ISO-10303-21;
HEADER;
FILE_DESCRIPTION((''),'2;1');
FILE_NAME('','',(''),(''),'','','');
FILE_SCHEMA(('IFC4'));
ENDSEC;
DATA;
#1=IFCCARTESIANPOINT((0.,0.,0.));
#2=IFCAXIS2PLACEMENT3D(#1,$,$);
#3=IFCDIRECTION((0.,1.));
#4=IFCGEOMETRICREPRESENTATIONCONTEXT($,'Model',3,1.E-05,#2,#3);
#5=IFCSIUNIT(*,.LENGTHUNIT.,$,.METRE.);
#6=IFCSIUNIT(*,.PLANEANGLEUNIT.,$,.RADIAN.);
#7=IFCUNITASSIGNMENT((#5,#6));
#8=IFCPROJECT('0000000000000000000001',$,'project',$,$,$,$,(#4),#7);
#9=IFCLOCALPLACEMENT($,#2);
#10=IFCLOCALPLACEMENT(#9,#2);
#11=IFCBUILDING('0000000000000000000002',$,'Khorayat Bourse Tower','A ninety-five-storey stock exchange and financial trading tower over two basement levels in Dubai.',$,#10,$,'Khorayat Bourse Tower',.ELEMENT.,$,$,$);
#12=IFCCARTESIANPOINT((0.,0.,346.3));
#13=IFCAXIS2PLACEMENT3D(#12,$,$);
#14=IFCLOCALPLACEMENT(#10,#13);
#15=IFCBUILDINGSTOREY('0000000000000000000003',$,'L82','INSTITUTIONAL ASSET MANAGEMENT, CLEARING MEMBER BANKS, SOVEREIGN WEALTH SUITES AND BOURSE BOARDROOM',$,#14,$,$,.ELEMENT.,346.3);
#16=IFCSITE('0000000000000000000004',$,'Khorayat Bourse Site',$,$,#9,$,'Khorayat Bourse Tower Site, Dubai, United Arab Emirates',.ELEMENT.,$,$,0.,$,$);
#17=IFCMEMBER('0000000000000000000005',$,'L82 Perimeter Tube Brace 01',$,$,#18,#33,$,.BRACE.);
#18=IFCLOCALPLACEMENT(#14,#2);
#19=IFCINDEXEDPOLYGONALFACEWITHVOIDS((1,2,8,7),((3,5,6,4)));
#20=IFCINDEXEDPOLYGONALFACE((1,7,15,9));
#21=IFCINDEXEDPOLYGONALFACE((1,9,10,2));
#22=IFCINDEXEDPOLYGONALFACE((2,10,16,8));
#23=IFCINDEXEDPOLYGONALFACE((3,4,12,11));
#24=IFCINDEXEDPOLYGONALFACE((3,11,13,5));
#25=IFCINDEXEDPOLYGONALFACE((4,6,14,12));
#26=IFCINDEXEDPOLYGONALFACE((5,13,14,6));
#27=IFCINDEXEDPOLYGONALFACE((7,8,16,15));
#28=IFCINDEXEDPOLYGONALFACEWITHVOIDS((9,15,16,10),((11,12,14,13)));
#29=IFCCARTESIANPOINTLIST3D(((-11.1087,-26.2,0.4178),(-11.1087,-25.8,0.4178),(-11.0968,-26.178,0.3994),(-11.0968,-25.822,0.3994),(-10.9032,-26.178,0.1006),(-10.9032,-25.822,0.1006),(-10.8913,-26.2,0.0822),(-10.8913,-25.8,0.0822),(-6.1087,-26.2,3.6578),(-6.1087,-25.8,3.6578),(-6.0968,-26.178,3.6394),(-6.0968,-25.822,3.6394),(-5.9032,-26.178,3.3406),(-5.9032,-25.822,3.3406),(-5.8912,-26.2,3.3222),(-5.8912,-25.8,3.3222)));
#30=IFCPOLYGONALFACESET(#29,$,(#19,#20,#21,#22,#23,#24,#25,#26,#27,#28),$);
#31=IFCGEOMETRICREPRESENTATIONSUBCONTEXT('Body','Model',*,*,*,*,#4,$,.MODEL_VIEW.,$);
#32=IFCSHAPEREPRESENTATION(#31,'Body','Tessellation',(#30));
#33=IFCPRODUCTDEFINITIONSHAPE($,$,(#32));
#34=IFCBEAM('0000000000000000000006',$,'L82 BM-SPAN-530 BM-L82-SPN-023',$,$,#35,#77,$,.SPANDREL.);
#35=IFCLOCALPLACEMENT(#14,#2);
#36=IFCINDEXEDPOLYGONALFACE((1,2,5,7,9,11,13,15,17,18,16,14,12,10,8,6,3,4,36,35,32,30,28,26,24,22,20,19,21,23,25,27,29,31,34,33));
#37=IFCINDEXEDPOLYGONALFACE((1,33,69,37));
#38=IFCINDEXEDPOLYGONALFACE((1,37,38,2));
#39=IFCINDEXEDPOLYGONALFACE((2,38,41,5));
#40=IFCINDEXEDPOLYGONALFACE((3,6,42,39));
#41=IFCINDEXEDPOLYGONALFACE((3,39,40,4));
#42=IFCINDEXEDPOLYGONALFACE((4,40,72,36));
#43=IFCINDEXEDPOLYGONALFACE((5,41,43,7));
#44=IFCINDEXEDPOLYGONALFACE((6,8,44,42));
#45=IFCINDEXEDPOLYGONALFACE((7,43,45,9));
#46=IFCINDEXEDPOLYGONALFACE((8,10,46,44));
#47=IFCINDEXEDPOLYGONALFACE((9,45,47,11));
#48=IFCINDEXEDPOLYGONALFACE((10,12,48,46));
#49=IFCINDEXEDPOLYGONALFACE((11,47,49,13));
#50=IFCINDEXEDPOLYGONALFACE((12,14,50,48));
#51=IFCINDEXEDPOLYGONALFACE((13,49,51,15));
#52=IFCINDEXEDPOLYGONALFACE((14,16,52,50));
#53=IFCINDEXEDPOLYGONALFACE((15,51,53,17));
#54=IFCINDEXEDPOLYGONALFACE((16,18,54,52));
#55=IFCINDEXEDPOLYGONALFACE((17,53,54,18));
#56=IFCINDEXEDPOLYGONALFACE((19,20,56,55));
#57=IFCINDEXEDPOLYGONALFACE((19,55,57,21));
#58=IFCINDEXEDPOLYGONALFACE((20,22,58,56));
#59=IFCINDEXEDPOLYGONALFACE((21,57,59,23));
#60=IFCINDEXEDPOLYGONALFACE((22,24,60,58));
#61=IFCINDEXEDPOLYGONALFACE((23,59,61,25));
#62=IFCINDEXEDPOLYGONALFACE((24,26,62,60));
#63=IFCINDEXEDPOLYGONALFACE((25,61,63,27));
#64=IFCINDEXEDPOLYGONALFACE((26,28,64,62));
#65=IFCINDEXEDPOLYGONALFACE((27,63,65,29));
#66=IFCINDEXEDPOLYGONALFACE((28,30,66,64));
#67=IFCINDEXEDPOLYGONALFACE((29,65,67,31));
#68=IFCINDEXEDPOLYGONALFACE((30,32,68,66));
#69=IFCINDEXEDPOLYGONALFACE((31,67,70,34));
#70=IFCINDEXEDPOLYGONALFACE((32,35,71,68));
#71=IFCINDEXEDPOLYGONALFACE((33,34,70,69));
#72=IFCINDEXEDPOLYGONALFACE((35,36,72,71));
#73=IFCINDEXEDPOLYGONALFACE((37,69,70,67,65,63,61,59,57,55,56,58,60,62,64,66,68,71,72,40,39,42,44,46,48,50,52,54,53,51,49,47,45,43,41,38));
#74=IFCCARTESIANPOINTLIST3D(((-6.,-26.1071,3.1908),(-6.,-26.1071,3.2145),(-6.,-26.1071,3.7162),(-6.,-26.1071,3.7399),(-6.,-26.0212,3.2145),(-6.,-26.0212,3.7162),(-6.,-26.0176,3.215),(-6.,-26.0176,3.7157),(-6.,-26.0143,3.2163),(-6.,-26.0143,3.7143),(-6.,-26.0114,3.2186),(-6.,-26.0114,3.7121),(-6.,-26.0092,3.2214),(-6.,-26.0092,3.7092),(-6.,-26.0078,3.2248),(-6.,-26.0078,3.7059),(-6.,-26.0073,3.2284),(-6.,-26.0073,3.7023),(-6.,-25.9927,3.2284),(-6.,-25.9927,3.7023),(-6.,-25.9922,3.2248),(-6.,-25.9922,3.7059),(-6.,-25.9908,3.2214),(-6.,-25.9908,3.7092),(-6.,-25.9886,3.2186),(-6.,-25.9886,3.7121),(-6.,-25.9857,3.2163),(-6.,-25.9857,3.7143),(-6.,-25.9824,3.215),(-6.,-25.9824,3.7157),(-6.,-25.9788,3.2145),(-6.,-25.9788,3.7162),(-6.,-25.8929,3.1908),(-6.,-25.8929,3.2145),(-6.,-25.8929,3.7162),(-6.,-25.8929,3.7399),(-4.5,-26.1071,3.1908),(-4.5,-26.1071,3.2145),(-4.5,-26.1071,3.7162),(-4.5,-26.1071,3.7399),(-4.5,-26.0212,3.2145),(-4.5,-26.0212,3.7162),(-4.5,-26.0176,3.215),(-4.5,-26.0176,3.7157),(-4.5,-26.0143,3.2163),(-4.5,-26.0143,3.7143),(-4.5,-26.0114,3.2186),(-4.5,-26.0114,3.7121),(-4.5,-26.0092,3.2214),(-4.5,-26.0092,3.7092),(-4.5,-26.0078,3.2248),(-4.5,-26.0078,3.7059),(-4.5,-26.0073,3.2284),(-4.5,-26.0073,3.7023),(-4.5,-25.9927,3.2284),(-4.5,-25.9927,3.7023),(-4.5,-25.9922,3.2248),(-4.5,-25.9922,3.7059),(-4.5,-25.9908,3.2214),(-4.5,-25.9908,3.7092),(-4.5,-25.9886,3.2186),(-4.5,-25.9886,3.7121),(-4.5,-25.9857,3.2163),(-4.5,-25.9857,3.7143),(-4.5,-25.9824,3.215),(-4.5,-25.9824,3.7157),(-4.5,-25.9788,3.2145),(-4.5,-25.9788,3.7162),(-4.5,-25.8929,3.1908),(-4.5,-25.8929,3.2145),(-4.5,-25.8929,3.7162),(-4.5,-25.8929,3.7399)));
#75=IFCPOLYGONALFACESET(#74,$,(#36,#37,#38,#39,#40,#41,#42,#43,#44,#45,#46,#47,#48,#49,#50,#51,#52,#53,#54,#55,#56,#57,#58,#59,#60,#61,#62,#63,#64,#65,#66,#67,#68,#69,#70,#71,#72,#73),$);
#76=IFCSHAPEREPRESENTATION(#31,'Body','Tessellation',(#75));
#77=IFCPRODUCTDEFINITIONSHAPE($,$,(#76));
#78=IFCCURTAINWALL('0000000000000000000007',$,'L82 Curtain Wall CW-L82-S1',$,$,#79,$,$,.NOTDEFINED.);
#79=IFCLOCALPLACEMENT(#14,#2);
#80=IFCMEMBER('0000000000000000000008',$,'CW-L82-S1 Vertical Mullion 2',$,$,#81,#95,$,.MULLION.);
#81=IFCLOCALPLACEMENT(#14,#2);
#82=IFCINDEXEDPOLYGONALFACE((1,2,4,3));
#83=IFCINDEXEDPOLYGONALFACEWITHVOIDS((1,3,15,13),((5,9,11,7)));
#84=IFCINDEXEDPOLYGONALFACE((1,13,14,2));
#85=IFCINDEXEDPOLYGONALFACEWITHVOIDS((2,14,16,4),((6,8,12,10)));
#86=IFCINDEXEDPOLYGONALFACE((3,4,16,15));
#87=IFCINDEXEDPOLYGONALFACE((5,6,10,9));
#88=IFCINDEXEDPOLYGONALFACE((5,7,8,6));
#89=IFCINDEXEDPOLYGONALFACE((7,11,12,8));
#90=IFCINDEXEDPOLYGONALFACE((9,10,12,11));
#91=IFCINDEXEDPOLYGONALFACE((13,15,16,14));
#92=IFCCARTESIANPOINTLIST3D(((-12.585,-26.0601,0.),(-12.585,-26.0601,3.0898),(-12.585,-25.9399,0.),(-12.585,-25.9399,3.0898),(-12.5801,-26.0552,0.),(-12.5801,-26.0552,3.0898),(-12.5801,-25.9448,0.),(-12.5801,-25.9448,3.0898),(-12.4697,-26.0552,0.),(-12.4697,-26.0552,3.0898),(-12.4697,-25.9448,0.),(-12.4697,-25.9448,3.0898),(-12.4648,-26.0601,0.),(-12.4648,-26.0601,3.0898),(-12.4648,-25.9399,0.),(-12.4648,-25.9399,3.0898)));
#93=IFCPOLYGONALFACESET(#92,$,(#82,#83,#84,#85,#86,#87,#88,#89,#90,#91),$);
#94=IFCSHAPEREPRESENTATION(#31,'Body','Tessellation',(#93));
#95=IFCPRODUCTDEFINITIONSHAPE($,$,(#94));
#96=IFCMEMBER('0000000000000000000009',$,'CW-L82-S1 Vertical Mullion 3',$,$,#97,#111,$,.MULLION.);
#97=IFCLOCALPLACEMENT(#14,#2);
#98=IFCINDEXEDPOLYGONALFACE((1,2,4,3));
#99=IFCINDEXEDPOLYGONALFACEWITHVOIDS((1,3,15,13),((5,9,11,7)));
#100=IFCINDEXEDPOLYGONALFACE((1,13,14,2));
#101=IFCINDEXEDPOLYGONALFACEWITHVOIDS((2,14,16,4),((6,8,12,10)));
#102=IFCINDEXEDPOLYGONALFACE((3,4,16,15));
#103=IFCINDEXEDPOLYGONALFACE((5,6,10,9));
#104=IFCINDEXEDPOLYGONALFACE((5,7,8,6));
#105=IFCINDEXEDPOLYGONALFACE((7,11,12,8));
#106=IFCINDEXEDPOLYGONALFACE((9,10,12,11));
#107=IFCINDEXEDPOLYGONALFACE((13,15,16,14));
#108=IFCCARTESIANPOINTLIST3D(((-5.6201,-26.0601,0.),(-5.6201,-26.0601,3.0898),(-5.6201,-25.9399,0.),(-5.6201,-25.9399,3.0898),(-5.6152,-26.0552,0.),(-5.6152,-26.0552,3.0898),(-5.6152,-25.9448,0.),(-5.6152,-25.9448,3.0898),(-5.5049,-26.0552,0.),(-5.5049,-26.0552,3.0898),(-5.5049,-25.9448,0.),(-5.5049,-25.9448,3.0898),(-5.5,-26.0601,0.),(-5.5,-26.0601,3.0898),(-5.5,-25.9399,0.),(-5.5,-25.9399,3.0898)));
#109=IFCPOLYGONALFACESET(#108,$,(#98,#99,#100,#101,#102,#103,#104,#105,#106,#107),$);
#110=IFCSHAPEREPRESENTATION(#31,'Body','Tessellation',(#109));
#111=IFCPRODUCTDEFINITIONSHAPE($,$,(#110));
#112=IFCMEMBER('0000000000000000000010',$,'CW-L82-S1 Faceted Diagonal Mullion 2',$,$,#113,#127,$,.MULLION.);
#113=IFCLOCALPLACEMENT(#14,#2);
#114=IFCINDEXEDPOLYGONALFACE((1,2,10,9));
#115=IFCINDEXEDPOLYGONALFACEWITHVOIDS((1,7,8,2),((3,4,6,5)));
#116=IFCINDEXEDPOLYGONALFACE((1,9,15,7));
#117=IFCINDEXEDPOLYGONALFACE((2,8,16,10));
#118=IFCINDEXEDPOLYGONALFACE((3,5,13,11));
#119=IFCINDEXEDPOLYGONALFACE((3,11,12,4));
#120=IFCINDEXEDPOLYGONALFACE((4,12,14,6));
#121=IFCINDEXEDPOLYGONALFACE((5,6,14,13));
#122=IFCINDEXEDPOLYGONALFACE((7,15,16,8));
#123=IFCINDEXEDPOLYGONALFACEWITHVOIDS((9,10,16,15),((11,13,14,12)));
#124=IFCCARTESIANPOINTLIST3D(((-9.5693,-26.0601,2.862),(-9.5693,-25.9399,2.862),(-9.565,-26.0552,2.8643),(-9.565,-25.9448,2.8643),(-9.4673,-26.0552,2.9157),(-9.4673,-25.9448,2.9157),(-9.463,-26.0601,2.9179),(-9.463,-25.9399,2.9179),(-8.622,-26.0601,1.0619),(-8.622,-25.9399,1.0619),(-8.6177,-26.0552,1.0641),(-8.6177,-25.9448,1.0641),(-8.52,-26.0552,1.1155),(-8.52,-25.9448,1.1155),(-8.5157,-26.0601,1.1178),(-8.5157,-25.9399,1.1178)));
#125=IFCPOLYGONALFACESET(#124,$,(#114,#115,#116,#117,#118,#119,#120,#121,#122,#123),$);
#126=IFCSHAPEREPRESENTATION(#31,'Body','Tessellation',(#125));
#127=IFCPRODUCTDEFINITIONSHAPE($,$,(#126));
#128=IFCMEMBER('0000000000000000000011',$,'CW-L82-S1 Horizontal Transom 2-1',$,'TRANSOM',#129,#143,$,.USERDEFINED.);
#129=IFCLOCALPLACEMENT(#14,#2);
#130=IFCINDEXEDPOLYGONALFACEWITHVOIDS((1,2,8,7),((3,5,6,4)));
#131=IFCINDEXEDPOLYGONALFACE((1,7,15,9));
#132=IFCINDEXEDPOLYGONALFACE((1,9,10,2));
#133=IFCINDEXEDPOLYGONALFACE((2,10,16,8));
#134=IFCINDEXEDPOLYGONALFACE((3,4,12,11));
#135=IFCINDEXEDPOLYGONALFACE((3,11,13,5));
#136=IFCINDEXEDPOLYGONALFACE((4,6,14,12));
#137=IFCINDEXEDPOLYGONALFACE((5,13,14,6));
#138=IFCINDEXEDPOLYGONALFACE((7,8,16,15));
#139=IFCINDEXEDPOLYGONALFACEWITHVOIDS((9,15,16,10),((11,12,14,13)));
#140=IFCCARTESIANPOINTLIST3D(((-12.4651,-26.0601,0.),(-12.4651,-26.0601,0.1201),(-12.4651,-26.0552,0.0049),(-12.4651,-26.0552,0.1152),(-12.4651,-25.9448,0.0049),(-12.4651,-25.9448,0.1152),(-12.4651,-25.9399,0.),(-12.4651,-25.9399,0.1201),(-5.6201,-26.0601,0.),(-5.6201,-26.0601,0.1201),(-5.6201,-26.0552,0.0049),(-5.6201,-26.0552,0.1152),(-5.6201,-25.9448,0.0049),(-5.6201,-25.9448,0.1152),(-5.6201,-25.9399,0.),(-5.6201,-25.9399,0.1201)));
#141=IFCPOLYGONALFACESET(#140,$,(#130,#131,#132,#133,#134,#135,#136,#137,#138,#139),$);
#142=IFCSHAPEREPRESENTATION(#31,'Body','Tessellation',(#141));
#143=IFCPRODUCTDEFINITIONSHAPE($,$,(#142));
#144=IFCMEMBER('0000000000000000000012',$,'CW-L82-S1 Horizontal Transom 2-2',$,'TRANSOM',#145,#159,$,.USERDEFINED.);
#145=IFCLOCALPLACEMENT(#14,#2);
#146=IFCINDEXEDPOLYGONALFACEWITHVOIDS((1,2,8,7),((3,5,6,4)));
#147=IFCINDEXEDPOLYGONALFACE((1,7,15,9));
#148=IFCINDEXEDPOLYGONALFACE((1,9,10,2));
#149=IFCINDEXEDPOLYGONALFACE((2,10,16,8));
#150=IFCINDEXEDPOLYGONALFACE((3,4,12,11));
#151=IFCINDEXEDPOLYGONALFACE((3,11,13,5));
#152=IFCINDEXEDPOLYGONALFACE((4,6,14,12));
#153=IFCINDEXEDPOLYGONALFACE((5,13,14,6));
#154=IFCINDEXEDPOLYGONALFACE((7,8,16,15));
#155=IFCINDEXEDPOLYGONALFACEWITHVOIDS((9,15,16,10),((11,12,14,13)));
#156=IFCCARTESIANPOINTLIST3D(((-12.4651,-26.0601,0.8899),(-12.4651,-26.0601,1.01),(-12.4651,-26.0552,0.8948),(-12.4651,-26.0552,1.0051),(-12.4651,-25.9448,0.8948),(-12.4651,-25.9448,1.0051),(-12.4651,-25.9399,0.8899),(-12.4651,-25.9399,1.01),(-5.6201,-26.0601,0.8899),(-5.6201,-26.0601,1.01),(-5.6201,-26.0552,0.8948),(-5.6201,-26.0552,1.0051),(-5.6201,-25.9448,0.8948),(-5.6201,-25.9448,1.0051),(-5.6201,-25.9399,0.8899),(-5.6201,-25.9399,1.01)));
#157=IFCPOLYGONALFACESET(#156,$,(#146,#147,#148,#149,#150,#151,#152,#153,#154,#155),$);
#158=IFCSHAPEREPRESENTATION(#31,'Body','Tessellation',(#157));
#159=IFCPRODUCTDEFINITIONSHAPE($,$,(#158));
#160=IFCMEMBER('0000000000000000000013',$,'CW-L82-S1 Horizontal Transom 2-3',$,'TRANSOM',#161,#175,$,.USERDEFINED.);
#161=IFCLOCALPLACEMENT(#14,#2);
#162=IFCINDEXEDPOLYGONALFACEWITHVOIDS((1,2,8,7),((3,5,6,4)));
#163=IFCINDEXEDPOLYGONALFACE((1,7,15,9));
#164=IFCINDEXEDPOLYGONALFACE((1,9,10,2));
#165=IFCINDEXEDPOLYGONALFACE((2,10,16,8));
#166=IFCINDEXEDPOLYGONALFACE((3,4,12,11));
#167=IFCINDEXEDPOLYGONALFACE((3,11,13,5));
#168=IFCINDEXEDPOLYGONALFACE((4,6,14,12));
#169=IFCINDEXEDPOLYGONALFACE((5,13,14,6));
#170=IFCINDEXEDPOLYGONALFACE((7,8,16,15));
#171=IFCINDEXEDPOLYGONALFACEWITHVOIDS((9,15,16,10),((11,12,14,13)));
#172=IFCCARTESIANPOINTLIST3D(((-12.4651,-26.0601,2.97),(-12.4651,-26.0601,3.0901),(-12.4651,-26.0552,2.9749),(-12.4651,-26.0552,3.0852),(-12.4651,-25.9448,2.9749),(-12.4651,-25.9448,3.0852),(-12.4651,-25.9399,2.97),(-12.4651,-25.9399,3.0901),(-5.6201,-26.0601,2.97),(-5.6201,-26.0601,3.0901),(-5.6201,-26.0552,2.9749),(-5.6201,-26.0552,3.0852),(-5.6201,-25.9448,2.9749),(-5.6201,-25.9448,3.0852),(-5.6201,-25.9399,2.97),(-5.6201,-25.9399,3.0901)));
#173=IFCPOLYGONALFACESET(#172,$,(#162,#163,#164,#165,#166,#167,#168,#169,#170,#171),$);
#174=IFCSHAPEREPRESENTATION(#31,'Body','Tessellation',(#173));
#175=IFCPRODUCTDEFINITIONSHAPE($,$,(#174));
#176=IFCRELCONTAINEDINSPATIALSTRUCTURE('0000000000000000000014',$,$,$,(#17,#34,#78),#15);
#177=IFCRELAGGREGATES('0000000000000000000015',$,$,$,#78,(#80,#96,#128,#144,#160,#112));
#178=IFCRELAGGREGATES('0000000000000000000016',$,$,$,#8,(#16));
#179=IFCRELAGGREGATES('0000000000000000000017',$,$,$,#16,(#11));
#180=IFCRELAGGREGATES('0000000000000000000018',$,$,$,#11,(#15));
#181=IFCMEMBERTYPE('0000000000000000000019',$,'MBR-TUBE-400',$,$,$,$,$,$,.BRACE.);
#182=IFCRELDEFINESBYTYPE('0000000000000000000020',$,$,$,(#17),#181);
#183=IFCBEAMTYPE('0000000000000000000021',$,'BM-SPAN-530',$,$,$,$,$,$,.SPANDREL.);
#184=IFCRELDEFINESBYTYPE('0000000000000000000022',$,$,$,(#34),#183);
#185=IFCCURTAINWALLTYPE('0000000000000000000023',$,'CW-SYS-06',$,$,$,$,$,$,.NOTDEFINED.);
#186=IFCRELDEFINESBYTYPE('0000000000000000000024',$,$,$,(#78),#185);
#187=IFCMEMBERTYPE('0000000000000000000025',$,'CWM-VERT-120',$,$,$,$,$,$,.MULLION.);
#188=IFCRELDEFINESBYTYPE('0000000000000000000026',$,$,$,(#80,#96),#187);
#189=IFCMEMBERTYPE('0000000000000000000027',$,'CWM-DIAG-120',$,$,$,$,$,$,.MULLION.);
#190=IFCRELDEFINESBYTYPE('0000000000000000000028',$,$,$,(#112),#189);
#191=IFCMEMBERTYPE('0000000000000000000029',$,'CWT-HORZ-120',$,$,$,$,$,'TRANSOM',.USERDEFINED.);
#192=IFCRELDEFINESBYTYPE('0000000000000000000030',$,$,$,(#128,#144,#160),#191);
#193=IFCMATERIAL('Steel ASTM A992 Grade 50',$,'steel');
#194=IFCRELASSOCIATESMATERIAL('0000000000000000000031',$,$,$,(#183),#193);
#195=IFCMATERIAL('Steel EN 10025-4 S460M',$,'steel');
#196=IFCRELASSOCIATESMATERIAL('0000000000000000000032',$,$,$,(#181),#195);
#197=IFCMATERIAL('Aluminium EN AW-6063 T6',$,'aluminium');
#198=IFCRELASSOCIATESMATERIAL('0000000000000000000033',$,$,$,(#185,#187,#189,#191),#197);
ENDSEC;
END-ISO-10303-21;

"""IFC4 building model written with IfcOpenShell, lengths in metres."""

from ifc_helpers import new_model, si_unit, direction, frame, origin, origin_2d, place, context, subcontext, project, spatial, hollow_rectangle, i_section, extrude, source, transform, mapped, material, material_profile, profile_set, type_object, element, aggregate, save


model = new_model("IFC4")

# Units and contexts
model_context = context("Model", 3, precision=1e-05, world=origin(), true_north=direction((0.0, 1.0)))
body_context = subcontext(model_context, "Body", "Model", "MODEL_VIEW")
ifc_project = project(units=[si_unit("LENGTHUNIT", "METRE"), si_unit("PLANEANGLEUNIT", "RADIAN")], contexts=[model_context])

# Site, building, storey
site_placement = place(None, origin())
site = spatial("IfcSite", under=ifc_project, at=site_placement, Name="Khorayat Bourse Site", LongName="Khorayat Bourse Tower Site, Dubai, United Arab Emirates", CompositionType="ELEMENT", RefElevation=0.0)
building_placement = place(site_placement, origin())
building = spatial("IfcBuilding", under=site, at=building_placement, Name="Khorayat Bourse Tower", Description="A ninety-five-storey stock exchange and financial trading tower over two basement levels in Dubai.", LongName="Khorayat Bourse Tower", CompositionType="ELEMENT")
storey_placement = place(building_placement, frame((0.0, 0.0, 346.3)))
storey = spatial("IfcBuildingStorey", under=building, at=storey_placement, Name="L82", Description="INSTITUTIONAL ASSET MANAGEMENT, CLEARING MEMBER BANKS, SOVEREIGN WEALTH SUITES AND BOURSE BOARDROOM", CompositionType="ELEMENT", Elevation=346.3)

# Shared definitions
ifc_material_1 = material(Name="Steel ASTM A992 Grade 50", Category="steel")
ifc_material_profile_1 = material_profile(ifc_material_1, i_section(OverallWidth=0.2141, OverallDepth=0.5491, WebThickness=0.0146, FlangeThickness=0.0237, FilletRadius=0.0139, at=origin_2d()), Name="W530X138")
ifc_profile_set_1 = profile_set([ifc_material_profile_1], Name="Steel ASTM A992 Grade 50")
beam_type_1 = type_object("IfcBeamType", Name="BM-SPAN-530", PredefinedType="SPANDREL", material=ifc_profile_set_1)

# Member
ifc_material_2 = material(Name="Steel EN 10025-4 S460M", Category="steel")
ifc_material_profile_2 = material_profile(ifc_material_2, hollow_rectangle(XDim=0.3999, YDim=0.3999, WallThickness=0.022, at=origin_2d()), Name="HSS 400x400x22")
ifc_profile_set_2 = profile_set([ifc_material_profile_2], Name="Steel EN 10025-4 S460M")
member_type_1 = type_object("IfcMemberType", Name="MBR-TUBE-400", PredefinedType="BRACE", material=ifc_profile_set_2)
shared_shape_1 = source(origin(), body_context, "Body", "SweptSolid", [
    extrude(hollow_rectangle(XDim=0.3999, YDim=0.3999, WallThickness=0.022, at=origin_2d()), origin(), (0.0, 0.0, 1.0), 5.958),
])
member_1_placement = place(storey_placement, frame((-11.0, -26.0, 0.25), z_axis=(0.83921, 0.0, 0.543807), x_axis=(0.0, 1.0, 0.0)))
element("IfcMember", 1, at=member_1_placement, inside=storey, type_object=member_type_1, Name="L82 Perimeter Tube Brace 01", PredefinedType="BRACE", context=body_context, shape_type="MappedRepresentation", body=[
    mapped(shared_shape_1, transform((0.0, 0.0, 0.0), scale=1.0)),
])

# Beam
shared_shape_2 = source(origin(), body_context, "Body", "SweptSolid", [
    extrude(i_section(OverallWidth=0.2141, OverallDepth=0.5491, WebThickness=0.0146, FlangeThickness=0.0237, FilletRadius=0.0139, at=origin_2d()), origin(), (0.0, 0.0, 1.0), 1.5),
])
beam_1_placement = place(storey_placement, frame((-6.0, -26.0, 3.4653), z_axis=(1.0, 0.0, 0.0), x_axis=(0.0, 1.0, 0.0)))
element("IfcBeam", 2, at=beam_1_placement, inside=storey, type_object=beam_type_1, Name="L82 BM-SPAN-530 BM-L82-SPN-023", PredefinedType="SPANDREL", context=body_context, shape_type="MappedRepresentation", body=[
    mapped(shared_shape_2, transform((0.0, 0.0, 0.0), scale=1.0)),
])

# Curtain wall, members
ifc_material_3 = material(Name="Aluminium EN AW-6063 T6", Category="aluminium")
curtain_wall_type = type_object("IfcCurtainWallType", Name="CW-SYS-06", PredefinedType="NOTDEFINED", material=ifc_material_3)
curtain_wall_placement = place(storey_placement, origin())
curtain_wall = element("IfcCurtainWall", 3, at=curtain_wall_placement, inside=storey, type_object=curtain_wall_type, Name="L82 Curtain Wall CW-L82-S1", PredefinedType="NOTDEFINED")
ifc_material_profile_3 = material_profile(ifc_material_3, hollow_rectangle(XDim=0.1201, YDim=0.1201, WallThickness=0.0049, at=origin_2d()), Name="ALU 120x120x5")
ifc_profile_set_3 = profile_set([ifc_material_profile_3], Name="Aluminium EN AW-6063 T6")
member_type_2 = type_object("IfcMemberType", Name="CWM-VERT-120", PredefinedType="MULLION", material=ifc_profile_set_3)
shared_shape_3 = source(origin(), body_context, "Body", "SweptSolid", [
    extrude(hollow_rectangle(XDim=0.1201, YDim=0.1201, WallThickness=0.0049, at=origin_2d()), origin(), (0.0, 0.0, 1.0), 3.0898),
])
member_2_placement = place(storey_placement, frame((-12.5249, -26.0, 0.0), z_axis=(0.0, 0.0, 1.0), x_axis=(0.0, 1.0, 0.0)))
member_2 = element("IfcMember", 4, at=member_2_placement, type_object=member_type_2, Name="CW-L82-S1 Vertical Mullion 2", PredefinedType="MULLION", context=body_context, shape_type="MappedRepresentation", body=[
    mapped(shared_shape_3, transform((0.0, 0.0, 0.0), scale=1.0)),
])
member_3_placement = place(storey_placement, frame((-5.5601, -26.0, 0.0), z_axis=(0.0, 0.0, 1.0), x_axis=(0.0, 1.0, 0.0)))
member_3 = element("IfcMember", 5, at=member_3_placement, type_object=member_type_2, Name="CW-L82-S1 Vertical Mullion 3", PredefinedType="MULLION", context=body_context, shape_type="MappedRepresentation", body=[
    mapped(shared_shape_3, transform((0.0, 0.0, 0.0), scale=1.0)),
])
ifc_material_profile_4 = material_profile(ifc_material_3, hollow_rectangle(XDim=0.1201, YDim=0.1201, WallThickness=0.0049, at=origin_2d()), Name="ALU 120x120x5")
ifc_profile_set_4 = profile_set([ifc_material_profile_4], Name="Aluminium EN AW-6063 T6")
member_type_3 = type_object("IfcMemberType", Name="CWM-DIAG-120", PredefinedType="MULLION", material=ifc_profile_set_4)
shared_shape_4 = source(origin(), body_context, "Body", "SweptSolid", [
    extrude(hollow_rectangle(XDim=0.1201, YDim=0.1201, WallThickness=0.0049, at=origin_2d()), origin(), (0.0, 0.0, 1.0), 2.0342),
])
member_4_placement = place(storey_placement, frame((-8.5688, -26.0, 1.0898), z_axis=(-0.465697, 0.0, 0.884944), x_axis=(0.0, -1.0, 0.0)))
member_4 = element("IfcMember", 6, at=member_4_placement, type_object=member_type_3, Name="CW-L82-S1 Faceted Diagonal Mullion 2", PredefinedType="MULLION", context=body_context, shape_type="MappedRepresentation", body=[
    mapped(shared_shape_4, transform((0.0, 0.0, 0.0), scale=1.0)),
])
ifc_material_profile_5 = material_profile(ifc_material_3, hollow_rectangle(XDim=0.1201, YDim=0.1201, WallThickness=0.0049, at=origin_2d()), Name="ALU 120x120x5")
ifc_profile_set_5 = profile_set([ifc_material_profile_5], Name="Aluminium EN AW-6063 T6")
member_type_4 = type_object("IfcMemberType", Name="CWT-HORZ-120", ElementType="TRANSOM", PredefinedType="USERDEFINED", material=ifc_profile_set_5)
shared_shape_5 = source(origin(), body_context, "Body", "SweptSolid", [
    extrude(hollow_rectangle(XDim=0.1201, YDim=0.1201, WallThickness=0.0049, at=origin_2d()), origin(), (0.0, 0.0, 1.0), 6.845),
])
member_5_placement = place(storey_placement, frame((-12.4651, -26.0, 0.0601), z_axis=(1.0, 0.0, 0.0), x_axis=(0.0, 1.0, 0.0)))
member_5 = element("IfcMember", 7, at=member_5_placement, type_object=member_type_4, Name="CW-L82-S1 Horizontal Transom 2-1", ObjectType="TRANSOM", PredefinedType="USERDEFINED", context=body_context, shape_type="MappedRepresentation", body=[
    mapped(shared_shape_5, transform((0.0, 0.0, 0.0), scale=1.0)),
])
member_6_placement = place(storey_placement, frame((-12.4651, -26.0, 0.95), z_axis=(1.0, 0.0, 0.0), x_axis=(0.0, 1.0, 0.0)))
member_6 = element("IfcMember", 8, at=member_6_placement, type_object=member_type_4, Name="CW-L82-S1 Horizontal Transom 2-2", ObjectType="TRANSOM", PredefinedType="USERDEFINED", context=body_context, shape_type="MappedRepresentation", body=[
    mapped(shared_shape_5, transform((0.0, 0.0, 0.0), scale=1.0)),
])
member_7_placement = place(storey_placement, frame((-12.4651, -26.0, 3.03), z_axis=(1.0, 0.0, 0.0), x_axis=(0.0, 1.0, 0.0)))
member_7 = element("IfcMember", 9, at=member_7_placement, type_object=member_type_4, Name="CW-L82-S1 Horizontal Transom 2-3", ObjectType="TRANSOM", PredefinedType="USERDEFINED", context=body_context, shape_type="MappedRepresentation", body=[
    mapped(shared_shape_5, transform((0.0, 0.0, 0.0), scale=1.0)),
])

aggregate(curtain_wall, [member_2, member_3, member_5, member_6, member_7, member_4])

save(model, "model.ifc")
